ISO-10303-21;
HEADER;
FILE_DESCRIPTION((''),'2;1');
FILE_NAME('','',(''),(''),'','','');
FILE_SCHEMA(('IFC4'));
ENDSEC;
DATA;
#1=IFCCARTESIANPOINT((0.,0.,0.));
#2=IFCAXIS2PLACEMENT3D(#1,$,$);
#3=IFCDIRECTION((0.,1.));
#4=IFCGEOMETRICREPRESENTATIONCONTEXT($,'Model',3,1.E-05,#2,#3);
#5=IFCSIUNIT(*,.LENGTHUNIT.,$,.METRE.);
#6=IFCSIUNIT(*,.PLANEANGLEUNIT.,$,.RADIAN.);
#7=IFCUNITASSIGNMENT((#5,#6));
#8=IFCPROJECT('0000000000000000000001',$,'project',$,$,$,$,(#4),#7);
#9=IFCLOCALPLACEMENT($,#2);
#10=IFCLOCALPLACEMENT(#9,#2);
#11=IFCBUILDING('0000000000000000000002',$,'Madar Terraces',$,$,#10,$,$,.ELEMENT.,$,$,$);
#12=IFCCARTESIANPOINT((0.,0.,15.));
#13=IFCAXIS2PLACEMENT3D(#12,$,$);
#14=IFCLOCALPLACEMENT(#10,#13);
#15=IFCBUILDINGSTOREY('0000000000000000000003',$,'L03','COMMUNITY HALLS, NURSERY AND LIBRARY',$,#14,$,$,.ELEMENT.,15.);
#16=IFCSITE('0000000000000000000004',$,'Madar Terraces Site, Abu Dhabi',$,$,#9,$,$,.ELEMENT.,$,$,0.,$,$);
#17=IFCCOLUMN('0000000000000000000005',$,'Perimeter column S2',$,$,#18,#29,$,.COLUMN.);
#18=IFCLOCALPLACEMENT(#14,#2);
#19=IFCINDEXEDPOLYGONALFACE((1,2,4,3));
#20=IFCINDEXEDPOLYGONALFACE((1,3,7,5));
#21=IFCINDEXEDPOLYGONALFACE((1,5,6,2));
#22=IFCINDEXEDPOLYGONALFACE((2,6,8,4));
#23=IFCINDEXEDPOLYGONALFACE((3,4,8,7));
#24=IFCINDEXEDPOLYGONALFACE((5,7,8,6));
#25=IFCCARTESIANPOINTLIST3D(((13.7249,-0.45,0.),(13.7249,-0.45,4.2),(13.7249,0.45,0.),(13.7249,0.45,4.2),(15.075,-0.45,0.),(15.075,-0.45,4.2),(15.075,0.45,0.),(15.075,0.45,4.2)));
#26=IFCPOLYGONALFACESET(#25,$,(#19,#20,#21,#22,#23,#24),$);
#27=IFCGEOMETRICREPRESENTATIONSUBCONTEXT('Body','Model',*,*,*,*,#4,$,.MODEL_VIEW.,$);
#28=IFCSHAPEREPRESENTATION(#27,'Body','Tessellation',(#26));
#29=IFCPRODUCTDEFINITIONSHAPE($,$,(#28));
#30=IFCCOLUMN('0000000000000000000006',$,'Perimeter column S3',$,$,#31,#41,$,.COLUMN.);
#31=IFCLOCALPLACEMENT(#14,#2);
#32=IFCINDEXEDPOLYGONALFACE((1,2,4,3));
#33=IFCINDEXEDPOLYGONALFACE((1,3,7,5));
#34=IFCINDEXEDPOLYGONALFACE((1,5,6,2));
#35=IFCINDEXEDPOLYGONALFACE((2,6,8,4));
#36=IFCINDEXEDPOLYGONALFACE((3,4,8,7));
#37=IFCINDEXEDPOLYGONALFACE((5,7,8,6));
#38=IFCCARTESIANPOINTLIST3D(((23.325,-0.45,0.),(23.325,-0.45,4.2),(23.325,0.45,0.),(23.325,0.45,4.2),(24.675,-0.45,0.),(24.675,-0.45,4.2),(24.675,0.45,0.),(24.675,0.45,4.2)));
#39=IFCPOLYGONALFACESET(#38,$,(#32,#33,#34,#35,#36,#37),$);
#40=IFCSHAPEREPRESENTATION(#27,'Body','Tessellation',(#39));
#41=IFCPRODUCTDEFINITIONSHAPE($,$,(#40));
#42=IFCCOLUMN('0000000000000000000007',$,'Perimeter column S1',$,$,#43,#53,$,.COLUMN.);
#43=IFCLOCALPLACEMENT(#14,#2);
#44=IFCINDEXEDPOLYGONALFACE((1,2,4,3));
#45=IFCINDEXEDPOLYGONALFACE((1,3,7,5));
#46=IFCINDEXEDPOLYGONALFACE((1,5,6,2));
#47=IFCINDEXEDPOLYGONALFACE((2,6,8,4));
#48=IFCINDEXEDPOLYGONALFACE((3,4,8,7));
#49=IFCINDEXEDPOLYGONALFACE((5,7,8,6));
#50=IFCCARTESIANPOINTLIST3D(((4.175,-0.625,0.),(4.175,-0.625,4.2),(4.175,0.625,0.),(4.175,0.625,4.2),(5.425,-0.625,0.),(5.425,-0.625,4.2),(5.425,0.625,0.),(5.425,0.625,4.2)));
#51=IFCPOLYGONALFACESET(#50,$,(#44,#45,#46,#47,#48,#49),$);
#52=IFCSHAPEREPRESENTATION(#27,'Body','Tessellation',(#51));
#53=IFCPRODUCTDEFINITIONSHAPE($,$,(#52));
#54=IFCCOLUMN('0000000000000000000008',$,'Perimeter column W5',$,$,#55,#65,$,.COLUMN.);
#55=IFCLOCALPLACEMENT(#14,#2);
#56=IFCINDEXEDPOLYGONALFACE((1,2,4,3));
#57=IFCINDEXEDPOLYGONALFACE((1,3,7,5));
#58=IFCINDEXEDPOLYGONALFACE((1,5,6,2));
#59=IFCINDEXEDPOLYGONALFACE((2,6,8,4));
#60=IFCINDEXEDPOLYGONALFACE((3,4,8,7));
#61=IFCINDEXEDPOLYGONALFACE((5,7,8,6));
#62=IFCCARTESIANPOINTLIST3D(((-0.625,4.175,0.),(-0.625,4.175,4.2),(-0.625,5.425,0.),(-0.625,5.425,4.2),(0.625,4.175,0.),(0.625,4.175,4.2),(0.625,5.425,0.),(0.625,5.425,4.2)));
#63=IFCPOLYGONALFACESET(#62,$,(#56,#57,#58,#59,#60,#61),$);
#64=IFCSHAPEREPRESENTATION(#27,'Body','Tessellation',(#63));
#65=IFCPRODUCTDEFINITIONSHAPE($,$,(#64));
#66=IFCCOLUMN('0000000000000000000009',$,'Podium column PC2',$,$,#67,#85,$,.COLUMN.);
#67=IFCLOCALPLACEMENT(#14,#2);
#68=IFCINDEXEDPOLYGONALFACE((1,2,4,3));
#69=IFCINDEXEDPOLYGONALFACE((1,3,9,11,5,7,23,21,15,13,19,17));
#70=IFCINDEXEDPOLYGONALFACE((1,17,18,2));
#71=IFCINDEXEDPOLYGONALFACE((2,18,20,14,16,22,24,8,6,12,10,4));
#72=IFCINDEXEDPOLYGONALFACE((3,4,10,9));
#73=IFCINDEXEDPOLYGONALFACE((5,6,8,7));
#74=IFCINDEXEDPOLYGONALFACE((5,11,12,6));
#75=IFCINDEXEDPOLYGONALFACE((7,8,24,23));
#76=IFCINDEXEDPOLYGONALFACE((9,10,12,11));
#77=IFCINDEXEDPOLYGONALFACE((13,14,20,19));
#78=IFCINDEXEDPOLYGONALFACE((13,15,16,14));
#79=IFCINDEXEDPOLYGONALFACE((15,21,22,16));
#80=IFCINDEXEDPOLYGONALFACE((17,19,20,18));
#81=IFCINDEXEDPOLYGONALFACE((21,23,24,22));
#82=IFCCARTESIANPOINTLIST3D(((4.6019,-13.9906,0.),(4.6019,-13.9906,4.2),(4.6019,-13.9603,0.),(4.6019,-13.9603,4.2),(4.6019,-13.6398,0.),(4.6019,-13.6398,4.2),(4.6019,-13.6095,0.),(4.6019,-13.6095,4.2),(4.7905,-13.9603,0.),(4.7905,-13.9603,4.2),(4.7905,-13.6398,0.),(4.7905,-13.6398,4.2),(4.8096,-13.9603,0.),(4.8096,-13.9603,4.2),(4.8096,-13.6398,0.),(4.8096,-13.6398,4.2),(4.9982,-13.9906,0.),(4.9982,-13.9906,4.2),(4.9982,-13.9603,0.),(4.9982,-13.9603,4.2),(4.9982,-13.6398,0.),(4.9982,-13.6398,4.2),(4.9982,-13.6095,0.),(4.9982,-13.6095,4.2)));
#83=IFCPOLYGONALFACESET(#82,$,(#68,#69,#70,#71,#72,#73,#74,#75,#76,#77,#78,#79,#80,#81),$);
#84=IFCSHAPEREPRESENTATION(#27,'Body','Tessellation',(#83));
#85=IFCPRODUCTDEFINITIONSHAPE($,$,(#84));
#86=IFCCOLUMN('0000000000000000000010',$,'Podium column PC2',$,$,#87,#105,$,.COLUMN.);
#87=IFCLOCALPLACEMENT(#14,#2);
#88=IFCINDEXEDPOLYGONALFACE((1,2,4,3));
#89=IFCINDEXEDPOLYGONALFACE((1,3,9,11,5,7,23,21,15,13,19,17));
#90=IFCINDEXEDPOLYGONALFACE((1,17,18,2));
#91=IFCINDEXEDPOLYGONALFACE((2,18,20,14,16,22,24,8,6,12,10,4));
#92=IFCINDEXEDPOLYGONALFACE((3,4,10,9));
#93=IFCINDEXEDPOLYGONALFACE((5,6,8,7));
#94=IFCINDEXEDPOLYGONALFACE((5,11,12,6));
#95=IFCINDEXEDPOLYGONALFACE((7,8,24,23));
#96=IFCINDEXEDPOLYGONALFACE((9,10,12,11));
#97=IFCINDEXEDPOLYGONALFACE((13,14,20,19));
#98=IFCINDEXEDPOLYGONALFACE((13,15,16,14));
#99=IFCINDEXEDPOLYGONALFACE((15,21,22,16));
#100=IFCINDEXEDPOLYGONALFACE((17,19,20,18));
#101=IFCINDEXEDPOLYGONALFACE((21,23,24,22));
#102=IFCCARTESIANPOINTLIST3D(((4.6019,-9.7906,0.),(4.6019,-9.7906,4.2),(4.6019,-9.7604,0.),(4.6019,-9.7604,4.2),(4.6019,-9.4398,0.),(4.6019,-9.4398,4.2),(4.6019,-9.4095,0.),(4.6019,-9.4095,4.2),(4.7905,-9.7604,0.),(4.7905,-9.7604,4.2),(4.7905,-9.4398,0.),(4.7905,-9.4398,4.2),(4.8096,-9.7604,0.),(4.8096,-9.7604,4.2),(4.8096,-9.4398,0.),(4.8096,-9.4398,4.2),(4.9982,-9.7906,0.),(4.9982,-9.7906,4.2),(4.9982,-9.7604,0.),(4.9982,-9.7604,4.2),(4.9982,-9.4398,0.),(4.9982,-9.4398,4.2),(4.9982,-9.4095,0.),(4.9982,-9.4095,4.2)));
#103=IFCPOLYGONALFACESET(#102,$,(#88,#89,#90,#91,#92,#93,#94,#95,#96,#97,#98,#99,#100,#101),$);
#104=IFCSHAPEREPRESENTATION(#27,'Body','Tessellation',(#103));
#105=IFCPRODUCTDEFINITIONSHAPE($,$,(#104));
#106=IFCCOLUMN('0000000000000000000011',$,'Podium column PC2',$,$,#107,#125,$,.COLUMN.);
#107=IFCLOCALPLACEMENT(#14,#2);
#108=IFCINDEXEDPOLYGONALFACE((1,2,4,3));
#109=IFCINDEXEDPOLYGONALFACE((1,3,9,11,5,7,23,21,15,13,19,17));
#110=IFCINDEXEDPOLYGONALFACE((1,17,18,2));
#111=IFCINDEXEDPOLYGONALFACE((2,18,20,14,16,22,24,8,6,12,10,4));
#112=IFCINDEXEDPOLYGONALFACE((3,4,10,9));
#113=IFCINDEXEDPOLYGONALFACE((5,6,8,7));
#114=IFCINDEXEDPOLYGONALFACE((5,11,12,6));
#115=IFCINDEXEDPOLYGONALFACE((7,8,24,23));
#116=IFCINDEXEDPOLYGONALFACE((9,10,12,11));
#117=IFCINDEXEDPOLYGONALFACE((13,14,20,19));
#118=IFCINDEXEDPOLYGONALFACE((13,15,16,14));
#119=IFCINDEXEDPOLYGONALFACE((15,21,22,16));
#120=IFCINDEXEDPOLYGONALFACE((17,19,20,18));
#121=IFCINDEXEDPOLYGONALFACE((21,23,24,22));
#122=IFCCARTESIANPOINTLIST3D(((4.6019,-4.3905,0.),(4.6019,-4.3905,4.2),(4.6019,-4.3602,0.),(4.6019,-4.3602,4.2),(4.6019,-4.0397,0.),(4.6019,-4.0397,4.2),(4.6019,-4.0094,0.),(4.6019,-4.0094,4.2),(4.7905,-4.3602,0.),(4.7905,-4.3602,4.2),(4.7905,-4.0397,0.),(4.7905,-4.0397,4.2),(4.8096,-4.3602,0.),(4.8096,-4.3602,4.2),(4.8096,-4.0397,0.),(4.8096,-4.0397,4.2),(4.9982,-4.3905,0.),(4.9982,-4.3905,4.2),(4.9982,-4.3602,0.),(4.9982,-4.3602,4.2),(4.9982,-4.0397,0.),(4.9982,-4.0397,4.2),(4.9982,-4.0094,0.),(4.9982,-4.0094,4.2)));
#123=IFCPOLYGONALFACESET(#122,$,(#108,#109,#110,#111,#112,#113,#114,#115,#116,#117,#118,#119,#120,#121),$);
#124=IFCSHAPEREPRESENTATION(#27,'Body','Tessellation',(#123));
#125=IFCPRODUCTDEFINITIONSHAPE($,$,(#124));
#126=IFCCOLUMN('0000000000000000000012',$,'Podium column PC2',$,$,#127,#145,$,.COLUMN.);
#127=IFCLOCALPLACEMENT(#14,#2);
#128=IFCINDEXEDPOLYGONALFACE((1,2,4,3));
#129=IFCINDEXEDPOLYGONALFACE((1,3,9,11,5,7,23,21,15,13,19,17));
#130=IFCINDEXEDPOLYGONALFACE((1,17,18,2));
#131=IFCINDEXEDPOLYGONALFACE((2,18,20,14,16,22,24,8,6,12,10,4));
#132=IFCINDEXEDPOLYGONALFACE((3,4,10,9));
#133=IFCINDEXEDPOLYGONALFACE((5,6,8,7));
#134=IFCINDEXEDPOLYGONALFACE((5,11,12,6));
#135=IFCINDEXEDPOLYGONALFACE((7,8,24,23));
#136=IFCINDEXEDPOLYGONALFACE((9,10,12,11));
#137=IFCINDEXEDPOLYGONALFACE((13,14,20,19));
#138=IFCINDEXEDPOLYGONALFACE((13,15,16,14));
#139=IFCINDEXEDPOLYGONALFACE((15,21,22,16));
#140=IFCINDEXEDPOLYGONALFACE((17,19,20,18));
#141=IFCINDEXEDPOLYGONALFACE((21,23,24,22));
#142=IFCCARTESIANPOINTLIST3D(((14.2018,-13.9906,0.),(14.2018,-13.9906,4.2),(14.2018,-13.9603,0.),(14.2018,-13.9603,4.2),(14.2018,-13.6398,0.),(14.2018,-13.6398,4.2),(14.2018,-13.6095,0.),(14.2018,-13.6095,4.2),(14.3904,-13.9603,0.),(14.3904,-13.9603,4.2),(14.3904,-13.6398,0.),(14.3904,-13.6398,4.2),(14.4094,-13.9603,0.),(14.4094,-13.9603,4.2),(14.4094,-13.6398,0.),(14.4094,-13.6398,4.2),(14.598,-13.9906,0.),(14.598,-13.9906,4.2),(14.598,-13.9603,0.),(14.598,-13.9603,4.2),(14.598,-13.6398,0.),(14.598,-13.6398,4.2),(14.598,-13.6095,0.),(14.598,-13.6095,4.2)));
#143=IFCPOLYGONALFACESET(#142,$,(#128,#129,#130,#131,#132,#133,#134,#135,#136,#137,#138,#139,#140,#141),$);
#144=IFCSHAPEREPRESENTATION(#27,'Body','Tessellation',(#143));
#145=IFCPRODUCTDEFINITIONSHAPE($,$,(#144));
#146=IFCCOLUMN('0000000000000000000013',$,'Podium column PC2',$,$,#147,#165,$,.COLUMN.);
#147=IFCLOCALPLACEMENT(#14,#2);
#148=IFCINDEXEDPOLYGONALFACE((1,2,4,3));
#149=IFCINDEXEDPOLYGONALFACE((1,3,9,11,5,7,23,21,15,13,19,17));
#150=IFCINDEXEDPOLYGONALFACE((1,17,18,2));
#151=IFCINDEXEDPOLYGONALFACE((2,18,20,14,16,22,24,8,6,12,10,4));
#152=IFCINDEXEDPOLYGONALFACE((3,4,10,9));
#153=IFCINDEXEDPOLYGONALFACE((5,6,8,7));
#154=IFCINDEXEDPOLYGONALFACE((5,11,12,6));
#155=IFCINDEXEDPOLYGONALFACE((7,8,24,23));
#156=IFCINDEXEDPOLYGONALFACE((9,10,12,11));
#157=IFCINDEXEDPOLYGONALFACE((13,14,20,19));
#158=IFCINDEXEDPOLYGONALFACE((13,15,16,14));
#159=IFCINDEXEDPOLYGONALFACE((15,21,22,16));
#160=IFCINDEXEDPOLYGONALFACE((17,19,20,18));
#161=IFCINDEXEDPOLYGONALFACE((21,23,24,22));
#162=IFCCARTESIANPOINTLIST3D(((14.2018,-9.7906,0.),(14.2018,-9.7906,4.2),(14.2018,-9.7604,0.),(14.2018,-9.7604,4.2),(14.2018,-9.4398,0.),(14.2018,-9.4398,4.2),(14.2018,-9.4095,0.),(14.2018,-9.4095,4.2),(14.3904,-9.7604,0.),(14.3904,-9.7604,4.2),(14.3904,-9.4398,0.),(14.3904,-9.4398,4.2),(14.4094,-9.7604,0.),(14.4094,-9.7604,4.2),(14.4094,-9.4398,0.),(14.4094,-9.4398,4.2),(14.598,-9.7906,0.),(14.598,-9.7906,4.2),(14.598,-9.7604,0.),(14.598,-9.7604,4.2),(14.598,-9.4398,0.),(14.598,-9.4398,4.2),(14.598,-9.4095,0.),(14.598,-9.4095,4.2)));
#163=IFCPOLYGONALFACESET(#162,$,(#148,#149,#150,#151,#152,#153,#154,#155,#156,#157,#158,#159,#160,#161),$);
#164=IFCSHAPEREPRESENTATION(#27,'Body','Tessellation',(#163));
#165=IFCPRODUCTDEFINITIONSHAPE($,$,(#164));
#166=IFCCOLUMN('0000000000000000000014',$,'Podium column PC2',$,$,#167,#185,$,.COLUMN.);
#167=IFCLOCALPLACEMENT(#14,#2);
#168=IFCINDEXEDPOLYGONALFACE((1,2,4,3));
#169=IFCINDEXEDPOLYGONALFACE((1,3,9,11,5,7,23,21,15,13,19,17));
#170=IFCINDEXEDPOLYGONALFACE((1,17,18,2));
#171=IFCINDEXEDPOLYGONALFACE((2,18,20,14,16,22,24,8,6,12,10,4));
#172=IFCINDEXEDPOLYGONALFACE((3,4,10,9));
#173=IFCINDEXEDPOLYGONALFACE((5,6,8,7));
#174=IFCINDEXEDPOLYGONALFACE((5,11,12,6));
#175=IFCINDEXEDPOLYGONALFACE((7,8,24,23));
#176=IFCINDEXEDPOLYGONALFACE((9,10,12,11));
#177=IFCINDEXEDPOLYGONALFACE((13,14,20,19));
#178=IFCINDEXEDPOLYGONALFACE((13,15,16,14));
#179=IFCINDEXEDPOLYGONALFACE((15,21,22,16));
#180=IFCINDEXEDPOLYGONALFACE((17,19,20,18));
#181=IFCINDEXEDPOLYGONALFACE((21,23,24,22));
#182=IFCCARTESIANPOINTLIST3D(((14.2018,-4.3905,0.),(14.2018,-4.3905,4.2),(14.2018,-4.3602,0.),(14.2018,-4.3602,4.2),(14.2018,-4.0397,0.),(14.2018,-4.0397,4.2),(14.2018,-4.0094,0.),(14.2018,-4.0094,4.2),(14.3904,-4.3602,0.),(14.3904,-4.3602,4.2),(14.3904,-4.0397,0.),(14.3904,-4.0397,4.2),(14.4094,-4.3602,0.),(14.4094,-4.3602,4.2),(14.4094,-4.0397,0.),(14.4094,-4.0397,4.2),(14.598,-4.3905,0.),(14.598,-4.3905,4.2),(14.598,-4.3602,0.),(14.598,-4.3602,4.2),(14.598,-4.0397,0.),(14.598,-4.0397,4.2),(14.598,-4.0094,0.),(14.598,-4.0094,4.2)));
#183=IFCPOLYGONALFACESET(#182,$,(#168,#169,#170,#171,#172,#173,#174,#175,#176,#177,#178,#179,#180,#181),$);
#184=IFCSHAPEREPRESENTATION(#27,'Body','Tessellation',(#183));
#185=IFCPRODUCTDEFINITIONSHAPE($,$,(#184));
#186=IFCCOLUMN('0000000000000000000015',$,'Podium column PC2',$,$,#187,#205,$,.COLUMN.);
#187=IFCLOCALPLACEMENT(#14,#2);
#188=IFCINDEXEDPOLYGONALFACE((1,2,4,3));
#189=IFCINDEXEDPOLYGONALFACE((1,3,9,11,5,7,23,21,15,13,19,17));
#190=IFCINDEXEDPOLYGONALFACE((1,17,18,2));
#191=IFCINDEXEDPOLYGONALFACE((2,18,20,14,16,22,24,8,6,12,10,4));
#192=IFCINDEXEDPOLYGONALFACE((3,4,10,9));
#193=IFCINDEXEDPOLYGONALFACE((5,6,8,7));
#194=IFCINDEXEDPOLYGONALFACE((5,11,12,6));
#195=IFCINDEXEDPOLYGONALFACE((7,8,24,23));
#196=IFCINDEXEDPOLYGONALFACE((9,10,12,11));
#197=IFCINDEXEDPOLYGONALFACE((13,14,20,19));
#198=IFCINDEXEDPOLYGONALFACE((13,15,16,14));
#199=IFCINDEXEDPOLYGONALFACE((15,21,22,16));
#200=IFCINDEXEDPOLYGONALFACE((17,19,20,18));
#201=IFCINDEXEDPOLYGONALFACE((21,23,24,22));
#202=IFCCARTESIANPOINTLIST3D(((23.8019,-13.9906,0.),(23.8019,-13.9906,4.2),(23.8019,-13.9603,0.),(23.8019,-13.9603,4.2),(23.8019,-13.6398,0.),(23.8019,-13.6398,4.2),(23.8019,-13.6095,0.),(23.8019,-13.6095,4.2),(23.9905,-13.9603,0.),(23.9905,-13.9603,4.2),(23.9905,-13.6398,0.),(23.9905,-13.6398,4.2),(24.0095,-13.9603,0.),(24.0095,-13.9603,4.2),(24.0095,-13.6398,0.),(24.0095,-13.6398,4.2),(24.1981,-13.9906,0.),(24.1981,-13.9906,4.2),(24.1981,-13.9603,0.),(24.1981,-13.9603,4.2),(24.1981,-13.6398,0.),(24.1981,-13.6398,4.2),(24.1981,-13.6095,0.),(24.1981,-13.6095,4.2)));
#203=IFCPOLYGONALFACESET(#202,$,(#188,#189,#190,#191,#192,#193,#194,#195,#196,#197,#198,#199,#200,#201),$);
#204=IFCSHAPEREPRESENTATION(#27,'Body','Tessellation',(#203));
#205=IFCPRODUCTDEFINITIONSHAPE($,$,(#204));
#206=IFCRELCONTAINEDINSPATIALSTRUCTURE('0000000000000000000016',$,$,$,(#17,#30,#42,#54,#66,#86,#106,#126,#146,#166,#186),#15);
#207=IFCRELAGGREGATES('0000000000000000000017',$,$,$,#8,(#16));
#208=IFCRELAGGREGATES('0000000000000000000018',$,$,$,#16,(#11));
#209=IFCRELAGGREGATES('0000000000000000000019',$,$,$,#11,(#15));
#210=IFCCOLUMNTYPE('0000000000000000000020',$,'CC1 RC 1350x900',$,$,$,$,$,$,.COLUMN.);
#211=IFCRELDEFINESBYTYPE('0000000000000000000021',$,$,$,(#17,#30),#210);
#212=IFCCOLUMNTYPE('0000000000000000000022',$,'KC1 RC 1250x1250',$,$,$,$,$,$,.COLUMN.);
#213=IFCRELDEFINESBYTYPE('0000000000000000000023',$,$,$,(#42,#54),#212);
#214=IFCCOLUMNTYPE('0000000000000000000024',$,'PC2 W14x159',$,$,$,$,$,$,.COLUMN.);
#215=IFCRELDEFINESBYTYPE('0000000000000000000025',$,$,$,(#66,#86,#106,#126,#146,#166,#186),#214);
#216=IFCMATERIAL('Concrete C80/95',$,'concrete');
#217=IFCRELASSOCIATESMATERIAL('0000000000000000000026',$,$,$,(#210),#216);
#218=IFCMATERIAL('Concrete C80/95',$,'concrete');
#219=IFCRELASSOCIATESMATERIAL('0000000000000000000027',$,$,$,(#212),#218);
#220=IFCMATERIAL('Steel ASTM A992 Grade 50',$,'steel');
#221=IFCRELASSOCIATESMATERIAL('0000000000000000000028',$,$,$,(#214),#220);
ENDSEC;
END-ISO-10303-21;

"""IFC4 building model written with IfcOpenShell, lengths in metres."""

from ifc_helpers import new_model, si_unit, direction, frame, origin, origin_2d, place, context, subcontext, project, spatial, rectangle, i_section, extrude, material, material_profile, profile_set, type_object, element, save


model = new_model("IFC4")

# Units and contexts
model_context = context("Model", 3, precision=1e-05, world=origin(), true_north=direction((0.0, 1.0)))
body_context = subcontext(model_context, "Body", "Model", "MODEL_VIEW")
ifc_project = project(units=[si_unit("LENGTHUNIT", "METRE"), si_unit("PLANEANGLEUNIT", "RADIAN")], contexts=[model_context])

# Site, building, storey
site_placement = place(None, origin())
site = spatial("IfcSite", under=ifc_project, at=site_placement, Name="Madar Terraces Site, Abu Dhabi", CompositionType="ELEMENT", RefElevation=0.0)
building_placement = place(site_placement, origin())
building = spatial("IfcBuilding", under=site, at=building_placement, Name="Madar Terraces", CompositionType="ELEMENT")
storey_placement = place(building_placement, frame((0.0, 0.0, 15.0)))
storey = spatial("IfcBuildingStorey", under=building, at=storey_placement, Name="L03", Description="COMMUNITY HALLS, NURSERY AND LIBRARY", CompositionType="ELEMENT", Elevation=15.0)

# Columns
ifc_material_1 = material(Name="Concrete C80/95", Category="concrete")
ifc_material_profile_1 = material_profile(ifc_material_1, rectangle(XDim=1.3501, YDim=0.8999, at=origin_2d()), Name="CC1 RC 1350x900")
ifc_profile_set_1 = profile_set([ifc_material_profile_1], Name="Concrete C80/95")
column_type_1 = type_object("IfcColumnType", Name="CC1 RC 1350x900", PredefinedType="COLUMN", material=ifc_profile_set_1)
for number, where, z_axis, x_axis, name in (
    (1, (14.3999, 0.0, 0.0), (0.0, 0.0, 1.0), (1.0, 0.0, 0.0), "Perimeter column S2"),
    (2, (24.0, 0.0, 0.0), (0.0, 0.0, 1.0), (1.0, 0.0, 0.0), "Perimeter column S3"),
):
    element("IfcColumn", number, at=place(storey_placement, frame(where, z_axis=z_axis, x_axis=x_axis)), inside=storey, type_object=column_type_1, Name=name, PredefinedType="COLUMN", context=body_context, shape_type="SweptSolid", body=[
        extrude(rectangle(XDim=1.3501, YDim=0.8999, at=origin_2d()), origin(), (0.0, 0.0, 1.0), 4.2),
    ])
ifc_material_2 = material(Name="Concrete C80/95", Category="concrete")
ifc_material_profile_2 = material_profile(ifc_material_2, rectangle(XDim=1.25, YDim=1.25, at=origin_2d()), Name="KC1 RC 1250x1250")
ifc_profile_set_2 = profile_set([ifc_material_profile_2], Name="Concrete C80/95")
column_type_2 = type_object("IfcColumnType", Name="KC1 RC 1250x1250", PredefinedType="COLUMN", material=ifc_profile_set_2)
for number, where, z_axis, x_axis, name in (
    (3, (4.8, 0.0, 0.0), (0.0, 0.0, 1.0), (1.0, 0.0, 0.0), "Perimeter column S1"),
    (4, (0.0, 4.8, 0.0), (0.0, 0.0, 1.0), (1.0, 0.0, 0.0), "Perimeter column W5"),
):
    element("IfcColumn", number, at=place(storey_placement, frame(where, z_axis=z_axis, x_axis=x_axis)), inside=storey, type_object=column_type_2, Name=name, PredefinedType="COLUMN", context=body_context, shape_type="SweptSolid", body=[
        extrude(rectangle(XDim=1.25, YDim=1.25, at=origin_2d()), origin(), (0.0, 0.0, 1.0), 4.2),
    ])
ifc_material_3 = material(Name="Steel ASTM A992 Grade 50", Category="steel")
ifc_material_profile_3 = material_profile(ifc_material_3, i_section(OverallWidth=0.3962, OverallDepth=0.3811, WebThickness=0.019, FlangeThickness=0.0303, at=origin_2d()), Name="W14x159")
ifc_profile_set_3 = profile_set([ifc_material_profile_3], Name="Steel ASTM A992 Grade 50")
column_type_3 = type_object("IfcColumnType", Name="PC2 W14x159", PredefinedType="COLUMN", material=ifc_profile_set_3)
for number, where, z_axis, x_axis, name in (
    (5, (4.8, -13.8, 0.0), (0.0, 0.0, 1.0), (1.0, 0.0, 0.0), "Podium column PC2"),
    (6, (4.8, -9.6001, 0.0), (0.0, 0.0, 1.0), (1.0, 0.0, 0.0), "Podium column PC2"),
    (7, (4.8, -4.2, 0.0), (0.0, 0.0, 1.0), (1.0, 0.0, 0.0), "Podium column PC2"),
    (8, (14.3999, -13.8, 0.0), (0.0, 0.0, 1.0), (1.0, 0.0, 0.0), "Podium column PC2"),
    (9, (14.3999, -9.6001, 0.0), (0.0, 0.0, 1.0), (1.0, 0.0, 0.0), "Podium column PC2"),
    (10, (14.3999, -4.2, 0.0), (0.0, 0.0, 1.0), (1.0, 0.0, 0.0), "Podium column PC2"),
    (11, (24.0, -13.8, 0.0), (0.0, 0.0, 1.0), (1.0, 0.0, 0.0), "Podium column PC2"),
):
    element("IfcColumn", number, at=place(storey_placement, frame(where, z_axis=z_axis, x_axis=x_axis)), inside=storey, type_object=column_type_3, Name=name, PredefinedType="COLUMN", context=body_context, shape_type="SweptSolid", body=[
        extrude(i_section(OverallWidth=0.3962, OverallDepth=0.3811, WebThickness=0.019, FlangeThickness=0.0303, at=origin_2d()), origin(), (0.0, 0.0, 1.0), 4.2),
    ])

save(model, "model.ifc")
